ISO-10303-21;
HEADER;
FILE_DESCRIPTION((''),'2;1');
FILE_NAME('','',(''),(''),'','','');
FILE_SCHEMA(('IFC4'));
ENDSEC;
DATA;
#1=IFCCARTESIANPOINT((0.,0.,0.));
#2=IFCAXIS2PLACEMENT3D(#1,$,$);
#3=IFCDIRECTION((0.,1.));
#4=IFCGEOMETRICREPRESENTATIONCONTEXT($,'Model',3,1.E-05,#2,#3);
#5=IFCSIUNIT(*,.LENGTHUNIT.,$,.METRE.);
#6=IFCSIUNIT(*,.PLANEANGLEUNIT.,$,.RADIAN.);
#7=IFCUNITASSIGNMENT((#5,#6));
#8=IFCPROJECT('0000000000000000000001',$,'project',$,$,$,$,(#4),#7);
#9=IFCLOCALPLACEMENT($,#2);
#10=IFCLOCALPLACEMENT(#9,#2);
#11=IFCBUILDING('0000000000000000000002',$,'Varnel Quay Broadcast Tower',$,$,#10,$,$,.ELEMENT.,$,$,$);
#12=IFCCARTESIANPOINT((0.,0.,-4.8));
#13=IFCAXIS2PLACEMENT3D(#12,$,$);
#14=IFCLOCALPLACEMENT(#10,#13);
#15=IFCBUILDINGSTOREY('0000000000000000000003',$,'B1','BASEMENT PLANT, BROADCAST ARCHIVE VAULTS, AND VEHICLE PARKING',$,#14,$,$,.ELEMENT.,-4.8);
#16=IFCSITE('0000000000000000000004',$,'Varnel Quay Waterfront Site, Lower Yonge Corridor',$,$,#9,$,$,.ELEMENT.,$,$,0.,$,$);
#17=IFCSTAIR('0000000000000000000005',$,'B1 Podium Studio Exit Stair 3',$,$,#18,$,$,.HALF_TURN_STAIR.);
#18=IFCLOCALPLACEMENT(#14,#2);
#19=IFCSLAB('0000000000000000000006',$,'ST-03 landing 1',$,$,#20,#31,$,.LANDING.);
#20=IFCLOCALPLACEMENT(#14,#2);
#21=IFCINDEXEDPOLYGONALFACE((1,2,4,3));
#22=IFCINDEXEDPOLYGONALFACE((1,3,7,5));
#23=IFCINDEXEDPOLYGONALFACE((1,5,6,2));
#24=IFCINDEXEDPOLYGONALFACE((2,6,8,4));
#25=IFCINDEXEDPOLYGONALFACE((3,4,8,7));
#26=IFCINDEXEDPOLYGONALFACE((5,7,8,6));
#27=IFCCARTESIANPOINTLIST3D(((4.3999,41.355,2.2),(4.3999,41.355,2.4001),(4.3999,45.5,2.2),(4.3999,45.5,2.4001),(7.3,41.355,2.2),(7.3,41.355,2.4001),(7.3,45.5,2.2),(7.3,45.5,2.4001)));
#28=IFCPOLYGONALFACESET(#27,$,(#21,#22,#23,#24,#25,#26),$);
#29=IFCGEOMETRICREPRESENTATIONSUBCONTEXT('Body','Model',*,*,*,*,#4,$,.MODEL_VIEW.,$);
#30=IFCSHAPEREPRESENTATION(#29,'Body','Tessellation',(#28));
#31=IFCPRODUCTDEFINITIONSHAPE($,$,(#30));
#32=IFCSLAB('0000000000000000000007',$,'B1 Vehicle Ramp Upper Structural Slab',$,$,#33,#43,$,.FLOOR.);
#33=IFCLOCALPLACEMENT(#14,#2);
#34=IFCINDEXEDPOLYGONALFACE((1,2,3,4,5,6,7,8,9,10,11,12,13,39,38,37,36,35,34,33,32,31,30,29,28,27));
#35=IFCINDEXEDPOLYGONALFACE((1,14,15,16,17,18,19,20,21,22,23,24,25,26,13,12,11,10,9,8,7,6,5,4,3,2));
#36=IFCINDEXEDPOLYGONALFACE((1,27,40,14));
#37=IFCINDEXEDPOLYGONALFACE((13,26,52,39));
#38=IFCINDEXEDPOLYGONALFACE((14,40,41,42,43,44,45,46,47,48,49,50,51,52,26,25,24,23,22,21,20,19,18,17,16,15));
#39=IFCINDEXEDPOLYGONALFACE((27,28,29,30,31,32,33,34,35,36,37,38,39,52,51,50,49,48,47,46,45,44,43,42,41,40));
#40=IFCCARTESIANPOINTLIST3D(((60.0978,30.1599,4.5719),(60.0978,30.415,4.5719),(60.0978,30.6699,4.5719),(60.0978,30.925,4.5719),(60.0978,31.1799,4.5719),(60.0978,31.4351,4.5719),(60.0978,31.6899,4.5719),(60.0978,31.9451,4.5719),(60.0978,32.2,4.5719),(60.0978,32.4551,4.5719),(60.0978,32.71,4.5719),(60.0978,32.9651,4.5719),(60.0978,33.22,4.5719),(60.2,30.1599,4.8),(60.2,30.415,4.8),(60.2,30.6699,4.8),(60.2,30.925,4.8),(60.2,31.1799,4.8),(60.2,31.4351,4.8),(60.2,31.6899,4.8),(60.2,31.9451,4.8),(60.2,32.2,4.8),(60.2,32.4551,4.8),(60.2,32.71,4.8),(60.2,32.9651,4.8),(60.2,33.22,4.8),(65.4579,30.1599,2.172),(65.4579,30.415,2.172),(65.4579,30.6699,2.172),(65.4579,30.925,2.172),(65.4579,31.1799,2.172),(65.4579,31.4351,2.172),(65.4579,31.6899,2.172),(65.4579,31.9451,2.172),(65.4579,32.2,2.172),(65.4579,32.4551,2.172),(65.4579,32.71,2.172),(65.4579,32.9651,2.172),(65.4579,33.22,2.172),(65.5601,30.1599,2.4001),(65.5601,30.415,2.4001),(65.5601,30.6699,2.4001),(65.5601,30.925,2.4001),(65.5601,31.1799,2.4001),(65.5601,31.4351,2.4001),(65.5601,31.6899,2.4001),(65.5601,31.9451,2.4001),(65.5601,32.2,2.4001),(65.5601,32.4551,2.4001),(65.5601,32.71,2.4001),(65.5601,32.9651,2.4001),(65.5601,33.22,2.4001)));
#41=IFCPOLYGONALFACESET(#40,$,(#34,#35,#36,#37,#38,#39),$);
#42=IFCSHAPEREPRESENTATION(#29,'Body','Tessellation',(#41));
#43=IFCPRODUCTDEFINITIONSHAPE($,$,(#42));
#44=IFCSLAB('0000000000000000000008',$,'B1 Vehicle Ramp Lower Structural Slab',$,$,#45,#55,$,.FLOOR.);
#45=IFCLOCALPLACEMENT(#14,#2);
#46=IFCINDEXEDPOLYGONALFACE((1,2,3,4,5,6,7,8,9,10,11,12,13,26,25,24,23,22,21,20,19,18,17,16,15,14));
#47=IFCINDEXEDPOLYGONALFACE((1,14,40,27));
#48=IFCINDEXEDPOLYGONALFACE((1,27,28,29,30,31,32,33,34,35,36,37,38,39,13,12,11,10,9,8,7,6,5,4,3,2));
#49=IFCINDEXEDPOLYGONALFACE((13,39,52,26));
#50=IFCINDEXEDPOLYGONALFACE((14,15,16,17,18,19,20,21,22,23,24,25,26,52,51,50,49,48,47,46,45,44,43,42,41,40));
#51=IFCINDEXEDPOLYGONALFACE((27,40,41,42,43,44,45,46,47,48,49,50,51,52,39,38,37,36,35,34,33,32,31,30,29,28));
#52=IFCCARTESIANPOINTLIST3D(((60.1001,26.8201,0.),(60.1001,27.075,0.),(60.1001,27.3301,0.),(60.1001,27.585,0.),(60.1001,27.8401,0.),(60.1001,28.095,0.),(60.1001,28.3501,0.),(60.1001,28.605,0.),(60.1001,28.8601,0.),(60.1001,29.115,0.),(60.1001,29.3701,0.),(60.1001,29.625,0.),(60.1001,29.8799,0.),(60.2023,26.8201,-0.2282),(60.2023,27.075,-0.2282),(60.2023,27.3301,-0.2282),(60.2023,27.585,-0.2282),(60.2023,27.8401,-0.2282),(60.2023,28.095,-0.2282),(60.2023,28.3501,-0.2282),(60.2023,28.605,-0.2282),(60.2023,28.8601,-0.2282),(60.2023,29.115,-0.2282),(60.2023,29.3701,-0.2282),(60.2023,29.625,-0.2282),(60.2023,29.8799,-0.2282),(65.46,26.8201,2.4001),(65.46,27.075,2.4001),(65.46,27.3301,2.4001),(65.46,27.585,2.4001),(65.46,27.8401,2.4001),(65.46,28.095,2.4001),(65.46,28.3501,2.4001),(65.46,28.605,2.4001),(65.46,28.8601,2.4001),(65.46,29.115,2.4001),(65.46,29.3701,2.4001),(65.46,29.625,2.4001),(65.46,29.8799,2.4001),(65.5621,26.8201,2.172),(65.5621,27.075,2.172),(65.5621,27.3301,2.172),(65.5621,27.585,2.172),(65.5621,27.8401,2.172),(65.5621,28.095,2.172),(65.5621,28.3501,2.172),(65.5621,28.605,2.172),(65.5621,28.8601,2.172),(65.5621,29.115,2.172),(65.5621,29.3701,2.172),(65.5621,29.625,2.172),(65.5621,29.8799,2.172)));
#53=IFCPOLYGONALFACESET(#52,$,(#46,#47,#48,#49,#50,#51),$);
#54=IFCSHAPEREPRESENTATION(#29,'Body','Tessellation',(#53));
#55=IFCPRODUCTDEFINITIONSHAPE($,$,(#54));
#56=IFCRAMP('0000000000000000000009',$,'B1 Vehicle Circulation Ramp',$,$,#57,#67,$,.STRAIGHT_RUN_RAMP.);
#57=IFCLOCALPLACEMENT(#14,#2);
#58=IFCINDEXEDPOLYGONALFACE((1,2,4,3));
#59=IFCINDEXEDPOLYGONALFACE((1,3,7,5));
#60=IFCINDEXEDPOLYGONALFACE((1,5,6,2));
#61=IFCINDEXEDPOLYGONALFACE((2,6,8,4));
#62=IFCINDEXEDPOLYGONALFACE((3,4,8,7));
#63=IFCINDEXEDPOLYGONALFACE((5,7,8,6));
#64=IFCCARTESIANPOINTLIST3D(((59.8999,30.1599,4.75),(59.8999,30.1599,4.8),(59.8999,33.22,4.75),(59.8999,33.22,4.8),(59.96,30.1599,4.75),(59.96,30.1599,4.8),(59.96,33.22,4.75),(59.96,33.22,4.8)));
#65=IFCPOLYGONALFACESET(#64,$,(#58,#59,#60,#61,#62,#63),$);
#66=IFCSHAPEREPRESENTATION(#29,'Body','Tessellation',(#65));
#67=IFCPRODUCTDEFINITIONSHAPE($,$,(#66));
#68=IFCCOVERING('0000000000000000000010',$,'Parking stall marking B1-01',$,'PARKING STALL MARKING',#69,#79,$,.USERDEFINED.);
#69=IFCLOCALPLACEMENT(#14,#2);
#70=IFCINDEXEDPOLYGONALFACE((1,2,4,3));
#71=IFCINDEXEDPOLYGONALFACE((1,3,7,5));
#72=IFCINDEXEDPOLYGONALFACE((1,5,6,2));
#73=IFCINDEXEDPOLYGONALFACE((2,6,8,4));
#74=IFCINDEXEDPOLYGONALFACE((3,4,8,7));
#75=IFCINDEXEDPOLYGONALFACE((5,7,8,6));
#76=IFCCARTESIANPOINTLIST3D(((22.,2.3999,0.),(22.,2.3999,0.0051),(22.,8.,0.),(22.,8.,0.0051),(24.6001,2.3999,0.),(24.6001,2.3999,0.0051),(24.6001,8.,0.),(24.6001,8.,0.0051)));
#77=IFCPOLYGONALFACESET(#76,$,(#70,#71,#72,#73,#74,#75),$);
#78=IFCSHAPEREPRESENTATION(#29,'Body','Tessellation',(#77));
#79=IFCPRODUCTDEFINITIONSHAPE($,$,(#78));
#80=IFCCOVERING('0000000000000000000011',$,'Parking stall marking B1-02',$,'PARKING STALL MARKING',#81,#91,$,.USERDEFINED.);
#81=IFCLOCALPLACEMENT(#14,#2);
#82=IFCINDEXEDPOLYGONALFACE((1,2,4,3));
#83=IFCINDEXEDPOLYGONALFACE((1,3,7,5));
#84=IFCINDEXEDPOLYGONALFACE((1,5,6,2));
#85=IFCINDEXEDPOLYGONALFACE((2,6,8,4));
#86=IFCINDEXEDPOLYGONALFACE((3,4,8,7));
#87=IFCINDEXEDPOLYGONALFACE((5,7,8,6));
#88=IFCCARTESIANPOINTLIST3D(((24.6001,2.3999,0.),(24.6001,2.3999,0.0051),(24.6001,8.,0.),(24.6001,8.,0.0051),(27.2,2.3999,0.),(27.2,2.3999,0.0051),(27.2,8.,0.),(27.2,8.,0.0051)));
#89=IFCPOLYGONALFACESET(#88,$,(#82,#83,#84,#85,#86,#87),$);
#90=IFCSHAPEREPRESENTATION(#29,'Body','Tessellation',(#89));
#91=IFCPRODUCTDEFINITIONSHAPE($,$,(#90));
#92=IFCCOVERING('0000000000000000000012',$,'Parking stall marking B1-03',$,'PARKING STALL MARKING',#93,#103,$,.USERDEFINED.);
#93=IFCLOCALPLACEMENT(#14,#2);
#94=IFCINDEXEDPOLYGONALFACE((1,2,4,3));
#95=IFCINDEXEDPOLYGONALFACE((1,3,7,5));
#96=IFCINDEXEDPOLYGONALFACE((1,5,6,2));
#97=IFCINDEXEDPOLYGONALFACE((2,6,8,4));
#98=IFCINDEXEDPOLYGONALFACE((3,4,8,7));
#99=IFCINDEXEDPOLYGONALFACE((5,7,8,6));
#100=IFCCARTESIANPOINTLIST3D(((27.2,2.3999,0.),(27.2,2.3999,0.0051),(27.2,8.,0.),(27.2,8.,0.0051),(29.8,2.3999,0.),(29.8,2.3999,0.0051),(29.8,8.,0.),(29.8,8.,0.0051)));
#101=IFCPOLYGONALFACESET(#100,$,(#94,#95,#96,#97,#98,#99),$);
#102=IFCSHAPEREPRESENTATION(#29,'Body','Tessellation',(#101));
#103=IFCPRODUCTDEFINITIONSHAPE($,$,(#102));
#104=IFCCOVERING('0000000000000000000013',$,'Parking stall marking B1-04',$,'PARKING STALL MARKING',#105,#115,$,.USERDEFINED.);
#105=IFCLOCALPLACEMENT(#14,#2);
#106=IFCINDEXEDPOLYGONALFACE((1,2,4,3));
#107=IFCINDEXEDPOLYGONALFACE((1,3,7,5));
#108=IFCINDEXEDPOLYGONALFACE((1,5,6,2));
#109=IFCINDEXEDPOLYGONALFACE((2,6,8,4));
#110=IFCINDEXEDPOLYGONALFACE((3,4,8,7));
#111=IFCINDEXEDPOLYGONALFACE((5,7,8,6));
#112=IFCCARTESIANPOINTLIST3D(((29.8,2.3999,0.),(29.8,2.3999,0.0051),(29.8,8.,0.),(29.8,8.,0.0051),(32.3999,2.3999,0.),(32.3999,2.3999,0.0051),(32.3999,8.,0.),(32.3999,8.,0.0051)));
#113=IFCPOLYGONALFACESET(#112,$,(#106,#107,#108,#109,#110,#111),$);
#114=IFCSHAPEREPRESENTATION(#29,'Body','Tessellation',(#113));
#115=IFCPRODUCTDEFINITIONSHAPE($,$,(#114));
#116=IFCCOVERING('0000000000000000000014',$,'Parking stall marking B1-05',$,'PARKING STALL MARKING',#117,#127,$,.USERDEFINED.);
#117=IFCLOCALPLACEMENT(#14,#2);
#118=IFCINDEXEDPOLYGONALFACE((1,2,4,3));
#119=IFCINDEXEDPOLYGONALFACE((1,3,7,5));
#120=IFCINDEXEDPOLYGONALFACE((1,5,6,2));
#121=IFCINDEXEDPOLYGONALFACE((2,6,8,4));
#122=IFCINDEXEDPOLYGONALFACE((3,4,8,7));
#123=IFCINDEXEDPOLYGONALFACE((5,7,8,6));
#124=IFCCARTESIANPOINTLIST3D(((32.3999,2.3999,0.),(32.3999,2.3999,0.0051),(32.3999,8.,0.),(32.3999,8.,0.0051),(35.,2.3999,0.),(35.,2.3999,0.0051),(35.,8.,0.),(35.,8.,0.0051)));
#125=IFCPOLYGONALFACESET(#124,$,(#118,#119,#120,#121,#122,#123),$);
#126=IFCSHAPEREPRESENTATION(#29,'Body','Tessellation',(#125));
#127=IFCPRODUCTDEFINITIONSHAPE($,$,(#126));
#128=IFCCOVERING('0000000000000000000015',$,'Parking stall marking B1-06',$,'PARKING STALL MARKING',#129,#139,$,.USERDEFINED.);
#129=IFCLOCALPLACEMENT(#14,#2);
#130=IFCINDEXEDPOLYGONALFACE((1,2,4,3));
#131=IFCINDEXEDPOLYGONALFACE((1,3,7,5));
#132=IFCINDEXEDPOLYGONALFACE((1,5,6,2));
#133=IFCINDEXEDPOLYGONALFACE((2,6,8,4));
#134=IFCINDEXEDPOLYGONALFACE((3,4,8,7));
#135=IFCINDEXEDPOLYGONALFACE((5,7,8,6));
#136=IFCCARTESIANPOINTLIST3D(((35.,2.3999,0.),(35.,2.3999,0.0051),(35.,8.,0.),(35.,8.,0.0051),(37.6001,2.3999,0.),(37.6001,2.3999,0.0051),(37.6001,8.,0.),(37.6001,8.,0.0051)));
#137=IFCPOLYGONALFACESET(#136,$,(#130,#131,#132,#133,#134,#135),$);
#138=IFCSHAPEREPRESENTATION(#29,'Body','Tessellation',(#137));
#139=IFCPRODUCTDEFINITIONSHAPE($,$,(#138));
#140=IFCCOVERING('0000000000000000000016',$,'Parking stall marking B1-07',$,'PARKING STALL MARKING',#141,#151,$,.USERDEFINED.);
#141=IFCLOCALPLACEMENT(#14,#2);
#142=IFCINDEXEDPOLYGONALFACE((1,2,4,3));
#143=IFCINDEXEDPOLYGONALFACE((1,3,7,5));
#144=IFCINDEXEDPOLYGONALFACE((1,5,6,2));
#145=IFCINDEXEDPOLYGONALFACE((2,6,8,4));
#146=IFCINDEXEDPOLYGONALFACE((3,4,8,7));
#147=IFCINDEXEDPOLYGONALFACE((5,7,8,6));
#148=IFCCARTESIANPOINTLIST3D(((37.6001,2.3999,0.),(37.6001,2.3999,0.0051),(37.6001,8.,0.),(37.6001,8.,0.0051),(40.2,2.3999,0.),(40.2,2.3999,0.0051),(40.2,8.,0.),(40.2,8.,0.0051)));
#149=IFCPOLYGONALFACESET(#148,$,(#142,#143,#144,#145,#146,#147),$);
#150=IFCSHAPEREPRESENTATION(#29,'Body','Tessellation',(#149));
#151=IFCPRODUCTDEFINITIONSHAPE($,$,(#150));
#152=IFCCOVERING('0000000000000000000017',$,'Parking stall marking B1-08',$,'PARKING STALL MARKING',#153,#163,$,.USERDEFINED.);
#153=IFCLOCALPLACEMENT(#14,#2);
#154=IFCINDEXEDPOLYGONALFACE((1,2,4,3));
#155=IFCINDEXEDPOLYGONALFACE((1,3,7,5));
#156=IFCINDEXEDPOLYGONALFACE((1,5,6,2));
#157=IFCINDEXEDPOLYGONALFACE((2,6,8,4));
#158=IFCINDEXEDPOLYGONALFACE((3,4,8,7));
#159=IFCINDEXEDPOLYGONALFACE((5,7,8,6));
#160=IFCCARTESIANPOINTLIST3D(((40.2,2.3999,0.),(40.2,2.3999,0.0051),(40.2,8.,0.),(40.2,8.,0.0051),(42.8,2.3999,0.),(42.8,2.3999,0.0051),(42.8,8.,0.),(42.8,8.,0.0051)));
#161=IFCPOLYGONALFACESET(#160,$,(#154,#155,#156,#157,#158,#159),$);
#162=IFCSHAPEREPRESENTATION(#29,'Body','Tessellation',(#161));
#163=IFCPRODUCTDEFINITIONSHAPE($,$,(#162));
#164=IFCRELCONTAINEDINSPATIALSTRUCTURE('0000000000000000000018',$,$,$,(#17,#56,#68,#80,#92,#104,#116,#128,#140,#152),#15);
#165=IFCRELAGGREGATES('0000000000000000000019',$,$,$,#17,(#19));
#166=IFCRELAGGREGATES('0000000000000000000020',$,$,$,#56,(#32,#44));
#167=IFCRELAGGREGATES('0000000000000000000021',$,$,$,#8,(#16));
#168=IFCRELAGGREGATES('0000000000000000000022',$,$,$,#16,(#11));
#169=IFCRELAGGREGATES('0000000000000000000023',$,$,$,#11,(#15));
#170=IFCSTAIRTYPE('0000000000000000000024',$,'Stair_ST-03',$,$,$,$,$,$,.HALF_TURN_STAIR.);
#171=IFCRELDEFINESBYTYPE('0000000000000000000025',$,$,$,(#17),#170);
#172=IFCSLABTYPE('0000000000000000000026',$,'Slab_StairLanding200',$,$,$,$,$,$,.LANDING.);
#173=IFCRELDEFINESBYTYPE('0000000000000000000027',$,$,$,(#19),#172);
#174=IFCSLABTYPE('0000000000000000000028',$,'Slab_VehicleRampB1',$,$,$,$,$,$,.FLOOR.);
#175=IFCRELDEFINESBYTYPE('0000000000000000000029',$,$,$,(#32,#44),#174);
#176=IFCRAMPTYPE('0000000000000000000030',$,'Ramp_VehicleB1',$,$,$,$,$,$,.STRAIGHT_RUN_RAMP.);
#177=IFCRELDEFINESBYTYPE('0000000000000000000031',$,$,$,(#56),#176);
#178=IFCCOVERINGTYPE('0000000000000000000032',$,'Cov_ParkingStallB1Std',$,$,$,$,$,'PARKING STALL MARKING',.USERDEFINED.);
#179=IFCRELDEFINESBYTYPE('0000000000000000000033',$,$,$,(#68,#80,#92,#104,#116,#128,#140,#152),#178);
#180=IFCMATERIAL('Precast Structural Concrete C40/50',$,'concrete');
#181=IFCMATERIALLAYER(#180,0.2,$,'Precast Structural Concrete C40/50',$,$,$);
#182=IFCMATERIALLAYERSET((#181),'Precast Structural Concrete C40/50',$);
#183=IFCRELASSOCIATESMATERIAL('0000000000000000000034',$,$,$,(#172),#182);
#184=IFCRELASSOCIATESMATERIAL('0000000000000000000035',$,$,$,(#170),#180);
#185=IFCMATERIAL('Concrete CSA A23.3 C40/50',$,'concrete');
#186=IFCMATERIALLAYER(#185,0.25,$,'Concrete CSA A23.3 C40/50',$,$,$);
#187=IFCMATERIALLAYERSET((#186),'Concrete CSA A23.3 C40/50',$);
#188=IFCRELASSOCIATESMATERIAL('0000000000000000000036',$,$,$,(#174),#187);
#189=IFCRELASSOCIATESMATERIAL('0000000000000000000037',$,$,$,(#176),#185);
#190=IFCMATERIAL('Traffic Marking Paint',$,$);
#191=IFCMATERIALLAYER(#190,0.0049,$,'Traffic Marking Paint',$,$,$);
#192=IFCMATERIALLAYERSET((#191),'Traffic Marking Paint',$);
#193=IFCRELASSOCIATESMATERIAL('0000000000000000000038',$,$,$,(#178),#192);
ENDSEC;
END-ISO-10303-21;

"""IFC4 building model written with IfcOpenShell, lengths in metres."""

from ifc_helpers import new_model, si_unit, direction, frame, origin, place, context, subcontext, project, spatial, polyline, outline, extrude, material, layer, layer_set, type_object, element, aggregate, save


model = new_model("IFC4")

# Units and contexts
model_context = context("Model", 3, precision=1e-05, world=origin(), true_north=direction((0.0, 1.0)))
body_context = subcontext(model_context, "Body", "Model", "MODEL_VIEW")
ifc_project = project(units=[si_unit("LENGTHUNIT", "METRE"), si_unit("PLANEANGLEUNIT", "RADIAN")], contexts=[model_context])

# Site, building, storey
site_placement = place(None, origin())
site = spatial("IfcSite", under=ifc_project, at=site_placement, Name="Varnel Quay Waterfront Site, Lower Yonge Corridor", CompositionType="ELEMENT", RefElevation=0.0)
building_placement = place(site_placement, origin())
building = spatial("IfcBuilding", under=site, at=building_placement, Name="Varnel Quay Broadcast Tower", CompositionType="ELEMENT")
storey_placement = place(building_placement, frame((0.0, 0.0, -4.8)))
storey = spatial("IfcBuildingStorey", under=building, at=storey_placement, Name="B1", Description="BASEMENT PLANT, BROADCAST ARCHIVE VAULTS, AND VEHICLE PARKING", CompositionType="ELEMENT", Elevation=-4.8)

# Shared definitions
ifc_material_1 = material(Name="Concrete CSA A23.3 C40/50", Category="concrete")

# Stair, slab
ifc_material_2 = material(Name="Precast Structural Concrete C40/50", Category="concrete")
ifc_layer_1 = layer(ifc_material_2, 0.2, Name="Precast Structural Concrete C40/50")
ifc_layer_set_1 = layer_set([ifc_layer_1], Name="Precast Structural Concrete C40/50")
slab_type_1 = type_object("IfcSlabType", Name="Slab_StairLanding200", PredefinedType="LANDING", material=ifc_layer_set_1)
stair_type_1 = type_object("IfcStairType", Name="Stair_ST-03", PredefinedType="HALF_TURN_STAIR", material=ifc_material_2)
stair_1_placement = place(storey_placement, origin())
stair_1 = element("IfcStair", 1, at=stair_1_placement, inside=storey, type_object=stair_type_1, Name="B1 Podium Studio Exit Stair 3", PredefinedType="HALF_TURN_STAIR")
slab_1_placement = place(storey_placement, frame((0.0, 0.0, 2.2)))
slab_1 = element("IfcSlab", 2, at=slab_1_placement, type_object=slab_type_1, Name="ST-03 landing 1", PredefinedType="LANDING", context=body_context, shape_type="SweptSolid", body=[
    extrude(outline(polyline([(7.3, 41.355), (7.3, 45.5), (4.3999, 45.5), (4.3999, 41.355), (7.3, 41.355)])), origin(), (0.0, 0.0, 1.0), 0.2002),
])
aggregate(stair_1, [slab_1])

# Slabs
ifc_layer_2 = layer(ifc_material_1, 0.25, Name="Concrete CSA A23.3 C40/50")
ifc_layer_set_2 = layer_set([ifc_layer_2], Name="Concrete CSA A23.3 C40/50")
slab_type_2 = type_object("IfcSlabType", Name="Slab_VehicleRampB1", PredefinedType="FLOOR", material=ifc_layer_set_2)
slab_2_placement = place(storey_placement, frame((60.2, 30.1599, 4.8), z_axis=(0.408644, 0.0, 0.912694), x_axis=(0.0, 1.0, 0.0)))
slab_2 = element("IfcSlab", 3, at=slab_2_placement, type_object=slab_type_2, Name="B1 Vehicle Ramp Upper Structural Slab", PredefinedType="FLOOR", context=body_context, shape_type="SweptSolid", body=[
    extrude(outline(polyline([(0.0, 0.0), (0.2551, 0.0), (0.51, 0.0), (0.7651, 0.0), (1.02, 0.0), (1.2751, 0.0), (1.53, 0.0), (1.7852, 0.0), (2.04, 0.0), (2.2952, 0.0), (2.55, 0.0), (2.8052, 0.0), (3.0601, 0.0), (3.0601, -5.8728), (2.8052, -5.8728), (2.55, -5.8728), (2.2952, -5.8728), (2.04, -5.8728), (1.7852, -5.8728), (1.53, -5.8728), (1.2751, -5.8728), (1.02, -5.8728), (0.7651, -5.8728), (0.51, -5.8728), (0.2551, -5.8728), (0.0, -5.8728), (0.0, 0.0)])), origin(), (0.0, 0.0, -1.0), 0.25),
])
slab_3_placement = place(storey_placement, frame((65.46, 26.8201, 2.4001), z_axis=(-0.408694, 0.0, 0.912671), x_axis=(0.0, 1.0, 0.0)))
slab_3 = element("IfcSlab", 4, at=slab_3_placement, type_object=slab_type_2, Name="B1 Vehicle Ramp Lower Structural Slab", PredefinedType="FLOOR", context=body_context, shape_type="SweptSolid", body=[
    extrude(outline(polyline([(0.0, 0.0), (0.2549, 0.0), (0.51, 0.0), (0.7649, 0.0), (1.02, 0.0), (1.2749, 0.0), (1.53, 0.0), (1.7849, 0.0), (2.04, 0.0), (2.2949, 0.0), (2.55, 0.0), (2.8049, 0.0), (3.0598, 0.0), (3.0598, 5.8727), (2.8049, 5.8727), (2.55, 5.8727), (2.2949, 5.8727), (2.04, 5.8727), (1.7849, 5.8727), (1.53, 5.8727), (1.2749, 5.8727), (1.02, 5.8727), (0.7649, 5.8727), (0.51, 5.8727), (0.2549, 5.8727), (0.0, 5.8727), (0.0, 0.0)])), origin(), (0.0, 0.0, -1.0), 0.25),
])

# Ramp
ramp_type = type_object("IfcRampType", Name="Ramp_VehicleB1", PredefinedType="STRAIGHT_RUN_RAMP", material=ifc_material_1)
ramp_placement = place(storey_placement, frame((0.0, 0.0, 4.75)))
ramp = element("IfcRamp", 5, at=ramp_placement, inside=storey, type_object=ramp_type, Name="B1 Vehicle Circulation Ramp", PredefinedType="STRAIGHT_RUN_RAMP", context=body_context, shape_type="SweptSolid", body=[
    extrude(outline(polyline([(59.8999, 30.1599), (59.96, 30.1599), (59.96, 33.22), (59.8999, 33.22), (59.8999, 30.1599)])), origin(), (0.0, 0.0, 1.0), 0.05),
])
aggregate(ramp, [slab_2, slab_3])

# Coverings
ifc_material_3 = material(Name="Traffic Marking Paint")
ifc_layer_3 = layer(ifc_material_3, 0.0049, Name="Traffic Marking Paint")
ifc_layer_set_3 = layer_set([ifc_layer_3], Name="Traffic Marking Paint")
covering_type = type_object("IfcCoveringType", Name="Cov_ParkingStallB1Std", ElementType="PARKING STALL MARKING", PredefinedType="USERDEFINED", material=ifc_layer_set_3)
covering_1_placement = place(storey_placement, origin())
element("IfcCovering", 6, at=covering_1_placement, inside=storey, type_object=covering_type, Name="Parking stall marking B1-01", ObjectType="PARKING STALL MARKING", PredefinedType="USERDEFINED", context=body_context, shape_type="SweptSolid", body=[
    extrude(outline(polyline([(22.0, 2.3999), (24.6001, 2.3999), (24.6001, 8.0), (22.0, 8.0), (22.0, 2.3999)])), origin(), (0.0, 0.0, 1.0), 0.0051),
])
covering_2_placement = place(storey_placement, origin())
element("IfcCovering", 7, at=covering_2_placement, inside=storey, type_object=covering_type, Name="Parking stall marking B1-02", ObjectType="PARKING STALL MARKING", PredefinedType="USERDEFINED", context=body_context, shape_type="SweptSolid", body=[
    extrude(outline(polyline([(24.6001, 2.3999), (27.2, 2.3999), (27.2, 8.0), (24.6001, 8.0), (24.6001, 2.3999)])), origin(), (0.0, 0.0, 1.0), 0.0051),
])
covering_3_placement = place(storey_placement, origin())
element("IfcCovering", 8, at=covering_3_placement, inside=storey, type_object=covering_type, Name="Parking stall marking B1-03", ObjectType="PARKING STALL MARKING", PredefinedType="USERDEFINED", context=body_context, shape_type="SweptSolid", body=[
    extrude(outline(polyline([(27.2, 2.3999), (29.8, 2.3999), (29.8, 8.0), (27.2, 8.0), (27.2, 2.3999)])), origin(), (0.0, 0.0, 1.0), 0.0051),
])
covering_4_placement = place(storey_placement, origin())
element("IfcCovering", 9, at=covering_4_placement, inside=storey, type_object=covering_type, Name="Parking stall marking B1-04", ObjectType="PARKING STALL MARKING", PredefinedType="USERDEFINED", context=body_context, shape_type="SweptSolid", body=[
    extrude(outline(polyline([(29.8, 2.3999), (32.3999, 2.3999), (32.3999, 8.0), (29.8, 8.0), (29.8, 2.3999)])), origin(), (0.0, 0.0, 1.0), 0.0051),
])
covering_5_placement = place(storey_placement, origin())
element("IfcCovering", 10, at=covering_5_placement, inside=storey, type_object=covering_type, Name="Parking stall marking B1-05", ObjectType="PARKING STALL MARKING", PredefinedType="USERDEFINED", context=body_context, shape_type="SweptSolid", body=[
    extrude(outline(polyline([(32.3999, 2.3999), (35.0, 2.3999), (35.0, 8.0), (32.3999, 8.0), (32.3999, 2.3999)])), origin(), (0.0, 0.0, 1.0), 0.0051),
])
covering_6_placement = place(storey_placement, origin())
element("IfcCovering", 11, at=covering_6_placement, inside=storey, type_object=covering_type, Name="Parking stall marking B1-06", ObjectType="PARKING STALL MARKING", PredefinedType="USERDEFINED", context=body_context, shape_type="SweptSolid", body=[
    extrude(outline(polyline([(35.0, 2.3999), (37.6001, 2.3999), (37.6001, 8.0), (35.0, 8.0), (35.0, 2.3999)])), origin(), (0.0, 0.0, 1.0), 0.0051),
])
covering_7_placement = place(storey_placement, origin())
element("IfcCovering", 12, at=covering_7_placement, inside=storey, type_object=covering_type, Name="Parking stall marking B1-07", ObjectType="PARKING STALL MARKING", PredefinedType="USERDEFINED", context=body_context, shape_type="SweptSolid", body=[
    extrude(outline(polyline([(37.6001, 2.3999), (40.2, 2.3999), (40.2, 8.0), (37.6001, 8.0), (37.6001, 2.3999)])), origin(), (0.0, 0.0, 1.0), 0.0051),
])
covering_8_placement = place(storey_placement, origin())
element("IfcCovering", 13, at=covering_8_placement, inside=storey, type_object=covering_type, Name="Parking stall marking B1-08", ObjectType="PARKING STALL MARKING", PredefinedType="USERDEFINED", context=body_context, shape_type="SweptSolid", body=[
    extrude(outline(polyline([(40.2, 2.3999), (42.8, 2.3999), (42.8, 8.0), (40.2, 8.0), (40.2, 2.3999)])), origin(), (0.0, 0.0, 1.0), 0.0051),
])

save(model, "model.ifc")
